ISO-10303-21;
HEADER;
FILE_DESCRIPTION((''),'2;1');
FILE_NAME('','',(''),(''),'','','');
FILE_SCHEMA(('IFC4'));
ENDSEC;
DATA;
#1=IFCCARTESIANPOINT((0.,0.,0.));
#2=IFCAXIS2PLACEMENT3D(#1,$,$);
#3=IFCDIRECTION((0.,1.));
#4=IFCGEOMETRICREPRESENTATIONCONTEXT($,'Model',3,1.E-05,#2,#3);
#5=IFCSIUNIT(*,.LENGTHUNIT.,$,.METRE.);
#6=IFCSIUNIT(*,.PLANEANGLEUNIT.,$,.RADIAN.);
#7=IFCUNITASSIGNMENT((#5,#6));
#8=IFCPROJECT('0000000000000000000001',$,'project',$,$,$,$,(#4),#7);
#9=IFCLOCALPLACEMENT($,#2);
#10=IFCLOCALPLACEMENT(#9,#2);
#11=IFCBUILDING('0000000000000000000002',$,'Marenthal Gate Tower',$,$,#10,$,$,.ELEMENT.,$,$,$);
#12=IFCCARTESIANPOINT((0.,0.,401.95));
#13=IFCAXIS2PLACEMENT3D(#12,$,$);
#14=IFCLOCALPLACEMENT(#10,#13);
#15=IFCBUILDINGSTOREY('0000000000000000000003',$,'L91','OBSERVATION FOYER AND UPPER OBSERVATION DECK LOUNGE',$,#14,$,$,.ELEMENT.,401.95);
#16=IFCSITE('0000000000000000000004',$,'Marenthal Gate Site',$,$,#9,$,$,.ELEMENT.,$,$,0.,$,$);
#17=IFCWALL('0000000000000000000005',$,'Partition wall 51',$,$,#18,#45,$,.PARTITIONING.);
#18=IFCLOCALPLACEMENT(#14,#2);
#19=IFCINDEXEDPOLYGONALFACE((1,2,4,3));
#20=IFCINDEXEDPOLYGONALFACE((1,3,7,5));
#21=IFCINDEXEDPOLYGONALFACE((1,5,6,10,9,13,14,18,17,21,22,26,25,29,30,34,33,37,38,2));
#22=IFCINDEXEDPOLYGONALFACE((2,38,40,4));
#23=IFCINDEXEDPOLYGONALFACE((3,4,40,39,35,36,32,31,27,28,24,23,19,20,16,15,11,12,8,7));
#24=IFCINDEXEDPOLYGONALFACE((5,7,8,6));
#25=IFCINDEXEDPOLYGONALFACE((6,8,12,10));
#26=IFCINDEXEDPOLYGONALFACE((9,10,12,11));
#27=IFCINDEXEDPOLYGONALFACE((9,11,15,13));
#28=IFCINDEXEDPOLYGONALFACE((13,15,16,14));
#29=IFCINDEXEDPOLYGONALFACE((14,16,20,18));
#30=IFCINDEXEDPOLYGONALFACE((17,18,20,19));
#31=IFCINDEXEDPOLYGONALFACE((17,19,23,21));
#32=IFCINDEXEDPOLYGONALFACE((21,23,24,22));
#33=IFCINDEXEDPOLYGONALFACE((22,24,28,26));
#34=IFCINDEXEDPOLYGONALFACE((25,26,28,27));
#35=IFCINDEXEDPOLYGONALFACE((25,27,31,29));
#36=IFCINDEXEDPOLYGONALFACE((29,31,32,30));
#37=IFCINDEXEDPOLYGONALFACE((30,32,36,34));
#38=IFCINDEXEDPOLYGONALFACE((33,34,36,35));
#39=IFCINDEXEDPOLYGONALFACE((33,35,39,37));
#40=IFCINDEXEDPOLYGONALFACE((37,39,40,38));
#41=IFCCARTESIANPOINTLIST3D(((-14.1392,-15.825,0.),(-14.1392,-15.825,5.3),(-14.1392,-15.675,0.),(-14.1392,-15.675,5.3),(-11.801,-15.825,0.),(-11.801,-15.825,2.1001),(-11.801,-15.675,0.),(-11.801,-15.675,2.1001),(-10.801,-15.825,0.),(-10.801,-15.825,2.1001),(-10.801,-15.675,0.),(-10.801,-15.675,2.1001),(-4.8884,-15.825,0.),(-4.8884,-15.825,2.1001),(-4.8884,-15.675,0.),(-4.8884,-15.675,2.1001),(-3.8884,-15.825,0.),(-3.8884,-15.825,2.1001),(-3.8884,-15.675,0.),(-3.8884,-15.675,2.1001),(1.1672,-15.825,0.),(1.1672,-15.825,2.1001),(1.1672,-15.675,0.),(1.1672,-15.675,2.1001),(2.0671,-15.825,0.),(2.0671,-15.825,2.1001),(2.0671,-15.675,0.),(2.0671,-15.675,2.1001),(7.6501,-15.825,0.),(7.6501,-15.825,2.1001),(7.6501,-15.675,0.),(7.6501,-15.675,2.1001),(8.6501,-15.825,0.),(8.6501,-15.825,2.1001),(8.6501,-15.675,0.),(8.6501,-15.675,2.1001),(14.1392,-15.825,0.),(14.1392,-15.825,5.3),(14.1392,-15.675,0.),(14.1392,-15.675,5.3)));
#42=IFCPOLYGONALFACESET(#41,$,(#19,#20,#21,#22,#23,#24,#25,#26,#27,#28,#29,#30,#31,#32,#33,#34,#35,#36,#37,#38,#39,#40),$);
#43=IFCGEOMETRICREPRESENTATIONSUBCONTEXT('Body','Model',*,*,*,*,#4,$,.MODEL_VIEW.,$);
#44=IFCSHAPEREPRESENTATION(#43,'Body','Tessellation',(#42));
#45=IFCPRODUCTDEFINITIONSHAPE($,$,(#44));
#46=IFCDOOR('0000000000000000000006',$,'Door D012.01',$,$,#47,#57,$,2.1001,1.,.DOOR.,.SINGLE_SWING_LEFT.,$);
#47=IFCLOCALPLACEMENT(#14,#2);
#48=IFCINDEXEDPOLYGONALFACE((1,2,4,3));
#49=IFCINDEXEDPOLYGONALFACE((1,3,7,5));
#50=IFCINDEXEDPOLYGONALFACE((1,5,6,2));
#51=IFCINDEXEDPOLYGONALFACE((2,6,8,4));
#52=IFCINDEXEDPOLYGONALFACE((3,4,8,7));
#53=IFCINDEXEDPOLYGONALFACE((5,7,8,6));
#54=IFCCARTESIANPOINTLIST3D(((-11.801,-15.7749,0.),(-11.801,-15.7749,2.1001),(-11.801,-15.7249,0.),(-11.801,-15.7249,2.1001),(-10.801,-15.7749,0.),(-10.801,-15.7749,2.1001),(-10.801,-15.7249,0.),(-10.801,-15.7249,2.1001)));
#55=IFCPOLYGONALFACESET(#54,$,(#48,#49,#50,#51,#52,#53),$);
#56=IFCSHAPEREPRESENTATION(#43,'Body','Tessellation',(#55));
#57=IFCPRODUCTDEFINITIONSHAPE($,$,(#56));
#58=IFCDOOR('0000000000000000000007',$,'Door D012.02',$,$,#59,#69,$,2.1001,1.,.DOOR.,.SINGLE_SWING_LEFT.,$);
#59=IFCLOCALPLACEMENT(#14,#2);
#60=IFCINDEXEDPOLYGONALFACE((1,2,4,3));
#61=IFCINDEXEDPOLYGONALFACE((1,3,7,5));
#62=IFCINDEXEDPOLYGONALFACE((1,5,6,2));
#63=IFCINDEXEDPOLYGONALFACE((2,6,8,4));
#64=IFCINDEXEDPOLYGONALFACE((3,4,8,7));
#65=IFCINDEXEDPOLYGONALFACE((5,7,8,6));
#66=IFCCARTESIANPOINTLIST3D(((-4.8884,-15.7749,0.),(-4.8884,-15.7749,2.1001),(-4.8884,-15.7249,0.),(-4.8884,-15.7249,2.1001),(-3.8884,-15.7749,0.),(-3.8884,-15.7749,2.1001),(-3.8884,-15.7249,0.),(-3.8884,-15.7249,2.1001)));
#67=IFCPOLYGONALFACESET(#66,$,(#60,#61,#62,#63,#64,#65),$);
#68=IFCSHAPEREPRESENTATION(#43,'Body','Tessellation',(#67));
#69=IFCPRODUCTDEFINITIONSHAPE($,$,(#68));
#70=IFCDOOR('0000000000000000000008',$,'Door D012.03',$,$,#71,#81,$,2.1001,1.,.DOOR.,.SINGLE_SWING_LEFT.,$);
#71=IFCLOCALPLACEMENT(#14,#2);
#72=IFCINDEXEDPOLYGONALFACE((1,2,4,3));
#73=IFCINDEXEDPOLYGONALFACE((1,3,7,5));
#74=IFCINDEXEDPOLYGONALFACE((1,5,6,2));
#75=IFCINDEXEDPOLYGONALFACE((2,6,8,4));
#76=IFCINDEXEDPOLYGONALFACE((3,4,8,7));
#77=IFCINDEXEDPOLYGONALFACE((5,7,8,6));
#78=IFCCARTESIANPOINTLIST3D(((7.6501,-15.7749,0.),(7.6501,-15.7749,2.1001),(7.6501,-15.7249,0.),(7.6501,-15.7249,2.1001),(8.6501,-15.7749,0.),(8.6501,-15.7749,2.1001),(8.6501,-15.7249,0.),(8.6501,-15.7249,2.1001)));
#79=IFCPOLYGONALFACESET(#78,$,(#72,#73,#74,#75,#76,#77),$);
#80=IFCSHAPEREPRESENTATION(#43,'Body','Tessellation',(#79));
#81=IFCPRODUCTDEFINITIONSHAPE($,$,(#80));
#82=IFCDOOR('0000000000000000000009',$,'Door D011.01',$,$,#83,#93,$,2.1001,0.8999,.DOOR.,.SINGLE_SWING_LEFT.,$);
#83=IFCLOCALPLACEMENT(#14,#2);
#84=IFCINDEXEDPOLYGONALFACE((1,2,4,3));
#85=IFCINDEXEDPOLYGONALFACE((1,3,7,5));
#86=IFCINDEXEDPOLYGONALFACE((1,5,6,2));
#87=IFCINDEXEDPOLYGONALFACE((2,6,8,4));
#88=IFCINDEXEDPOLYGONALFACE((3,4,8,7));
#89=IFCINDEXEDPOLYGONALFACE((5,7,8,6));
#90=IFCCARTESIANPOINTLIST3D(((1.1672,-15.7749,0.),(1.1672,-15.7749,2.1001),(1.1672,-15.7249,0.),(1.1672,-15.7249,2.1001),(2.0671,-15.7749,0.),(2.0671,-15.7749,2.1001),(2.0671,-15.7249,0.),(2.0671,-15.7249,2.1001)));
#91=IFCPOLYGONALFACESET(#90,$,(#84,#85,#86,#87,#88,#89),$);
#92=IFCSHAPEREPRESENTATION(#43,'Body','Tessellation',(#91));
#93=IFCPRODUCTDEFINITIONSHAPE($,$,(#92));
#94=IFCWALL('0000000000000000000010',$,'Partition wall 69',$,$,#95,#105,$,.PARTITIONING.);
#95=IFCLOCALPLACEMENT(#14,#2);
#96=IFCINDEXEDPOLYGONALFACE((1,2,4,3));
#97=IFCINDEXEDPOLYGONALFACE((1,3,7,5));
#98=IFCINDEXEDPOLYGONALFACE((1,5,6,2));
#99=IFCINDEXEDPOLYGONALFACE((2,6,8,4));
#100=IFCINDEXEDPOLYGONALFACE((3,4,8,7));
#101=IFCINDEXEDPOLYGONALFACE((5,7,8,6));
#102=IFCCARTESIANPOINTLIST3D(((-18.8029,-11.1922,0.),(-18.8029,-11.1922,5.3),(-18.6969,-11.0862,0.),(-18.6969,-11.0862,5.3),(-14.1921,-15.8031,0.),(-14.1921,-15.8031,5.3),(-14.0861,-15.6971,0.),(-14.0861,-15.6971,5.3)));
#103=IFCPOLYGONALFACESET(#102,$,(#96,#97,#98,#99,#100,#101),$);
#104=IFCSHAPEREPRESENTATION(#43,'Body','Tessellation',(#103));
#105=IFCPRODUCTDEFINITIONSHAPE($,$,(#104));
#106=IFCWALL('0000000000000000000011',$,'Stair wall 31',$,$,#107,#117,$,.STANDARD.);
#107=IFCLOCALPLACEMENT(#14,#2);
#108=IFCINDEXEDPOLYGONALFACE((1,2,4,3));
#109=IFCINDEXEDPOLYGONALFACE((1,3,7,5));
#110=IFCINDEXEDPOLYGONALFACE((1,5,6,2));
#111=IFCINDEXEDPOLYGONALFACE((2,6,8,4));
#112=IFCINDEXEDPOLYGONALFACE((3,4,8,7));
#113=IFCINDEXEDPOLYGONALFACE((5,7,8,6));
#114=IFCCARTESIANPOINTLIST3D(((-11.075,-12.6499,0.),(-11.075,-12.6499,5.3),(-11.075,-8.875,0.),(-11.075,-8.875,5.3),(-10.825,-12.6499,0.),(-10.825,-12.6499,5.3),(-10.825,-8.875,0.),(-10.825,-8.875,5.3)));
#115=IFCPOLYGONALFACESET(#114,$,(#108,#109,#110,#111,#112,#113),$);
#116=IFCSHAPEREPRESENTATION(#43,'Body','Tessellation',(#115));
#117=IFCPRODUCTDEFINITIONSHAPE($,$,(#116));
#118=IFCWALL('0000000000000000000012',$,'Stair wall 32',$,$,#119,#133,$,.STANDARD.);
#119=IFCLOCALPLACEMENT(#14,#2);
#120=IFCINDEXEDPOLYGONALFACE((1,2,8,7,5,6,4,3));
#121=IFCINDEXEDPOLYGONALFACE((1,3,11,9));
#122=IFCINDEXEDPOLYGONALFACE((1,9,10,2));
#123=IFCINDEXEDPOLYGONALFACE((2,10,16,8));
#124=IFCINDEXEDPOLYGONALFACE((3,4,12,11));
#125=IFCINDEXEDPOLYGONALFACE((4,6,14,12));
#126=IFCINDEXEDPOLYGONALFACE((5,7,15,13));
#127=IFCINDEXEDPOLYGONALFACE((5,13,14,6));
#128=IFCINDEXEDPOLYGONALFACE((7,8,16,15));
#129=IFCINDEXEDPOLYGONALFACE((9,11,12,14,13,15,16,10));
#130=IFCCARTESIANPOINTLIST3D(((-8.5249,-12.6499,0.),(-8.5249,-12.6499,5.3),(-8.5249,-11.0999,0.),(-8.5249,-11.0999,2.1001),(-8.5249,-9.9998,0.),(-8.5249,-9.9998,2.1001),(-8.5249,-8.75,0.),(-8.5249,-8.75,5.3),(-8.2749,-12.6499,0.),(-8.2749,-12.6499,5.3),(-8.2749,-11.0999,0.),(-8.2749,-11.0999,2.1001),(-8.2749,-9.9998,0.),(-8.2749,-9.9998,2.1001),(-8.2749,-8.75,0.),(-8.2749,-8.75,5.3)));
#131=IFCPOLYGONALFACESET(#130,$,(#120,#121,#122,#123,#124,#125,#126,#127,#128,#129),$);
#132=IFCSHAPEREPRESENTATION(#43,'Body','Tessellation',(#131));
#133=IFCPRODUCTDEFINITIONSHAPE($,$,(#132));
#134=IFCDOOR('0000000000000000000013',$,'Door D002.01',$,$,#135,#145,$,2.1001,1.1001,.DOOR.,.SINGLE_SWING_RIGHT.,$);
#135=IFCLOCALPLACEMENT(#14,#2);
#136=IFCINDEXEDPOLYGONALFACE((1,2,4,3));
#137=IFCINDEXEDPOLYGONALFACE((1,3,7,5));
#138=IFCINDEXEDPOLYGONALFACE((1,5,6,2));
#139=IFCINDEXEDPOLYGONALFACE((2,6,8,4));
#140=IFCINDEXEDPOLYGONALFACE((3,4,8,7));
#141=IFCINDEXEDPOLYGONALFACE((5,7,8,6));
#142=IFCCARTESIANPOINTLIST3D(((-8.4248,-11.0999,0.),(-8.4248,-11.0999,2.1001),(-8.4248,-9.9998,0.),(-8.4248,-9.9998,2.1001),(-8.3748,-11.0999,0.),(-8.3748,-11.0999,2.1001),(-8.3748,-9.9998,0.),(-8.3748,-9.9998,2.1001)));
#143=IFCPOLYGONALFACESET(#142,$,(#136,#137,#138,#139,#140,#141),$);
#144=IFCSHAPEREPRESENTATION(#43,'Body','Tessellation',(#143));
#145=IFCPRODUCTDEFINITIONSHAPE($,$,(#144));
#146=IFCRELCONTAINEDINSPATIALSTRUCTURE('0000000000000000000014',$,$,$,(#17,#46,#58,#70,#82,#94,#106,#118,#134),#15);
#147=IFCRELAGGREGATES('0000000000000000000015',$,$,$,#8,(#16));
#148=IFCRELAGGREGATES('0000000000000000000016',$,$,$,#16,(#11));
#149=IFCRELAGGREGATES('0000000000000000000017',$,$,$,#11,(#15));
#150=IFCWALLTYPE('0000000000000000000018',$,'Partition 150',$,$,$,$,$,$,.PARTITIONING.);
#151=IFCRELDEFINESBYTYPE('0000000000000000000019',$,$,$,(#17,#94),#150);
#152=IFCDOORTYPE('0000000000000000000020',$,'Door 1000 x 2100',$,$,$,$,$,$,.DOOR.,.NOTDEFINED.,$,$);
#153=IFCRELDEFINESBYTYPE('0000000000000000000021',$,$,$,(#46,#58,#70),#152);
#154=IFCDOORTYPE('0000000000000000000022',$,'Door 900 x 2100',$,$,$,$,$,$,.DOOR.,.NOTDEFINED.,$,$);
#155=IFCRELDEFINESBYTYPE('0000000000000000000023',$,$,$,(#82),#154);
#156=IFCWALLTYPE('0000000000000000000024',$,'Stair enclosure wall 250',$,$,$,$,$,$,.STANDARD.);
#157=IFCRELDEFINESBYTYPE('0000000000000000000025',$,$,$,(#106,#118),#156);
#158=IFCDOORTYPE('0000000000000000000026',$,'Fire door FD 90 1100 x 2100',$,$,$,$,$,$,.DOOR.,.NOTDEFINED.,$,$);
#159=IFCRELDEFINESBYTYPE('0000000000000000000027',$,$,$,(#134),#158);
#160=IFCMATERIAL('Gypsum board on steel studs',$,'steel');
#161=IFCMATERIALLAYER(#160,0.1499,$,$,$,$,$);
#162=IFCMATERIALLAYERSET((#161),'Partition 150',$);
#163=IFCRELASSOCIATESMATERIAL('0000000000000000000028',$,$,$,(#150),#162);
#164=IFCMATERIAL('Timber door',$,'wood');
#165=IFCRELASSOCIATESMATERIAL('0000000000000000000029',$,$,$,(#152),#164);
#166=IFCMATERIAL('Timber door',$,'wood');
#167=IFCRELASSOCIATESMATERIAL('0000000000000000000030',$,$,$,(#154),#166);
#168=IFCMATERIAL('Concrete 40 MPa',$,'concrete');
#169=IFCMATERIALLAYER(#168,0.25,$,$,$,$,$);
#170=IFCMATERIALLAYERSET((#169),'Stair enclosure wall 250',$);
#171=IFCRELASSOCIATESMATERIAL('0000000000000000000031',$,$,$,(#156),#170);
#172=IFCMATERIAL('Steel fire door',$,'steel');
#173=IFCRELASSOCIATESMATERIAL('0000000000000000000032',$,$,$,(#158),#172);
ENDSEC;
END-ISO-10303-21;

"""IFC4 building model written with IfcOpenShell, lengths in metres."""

from ifc_helpers import new_model, si_unit, direction, frame, frame_2d, origin, place, context, subcontext, project, spatial, rectangle, extrude, material, layer, layer_set, type_object, element, fill, save


model = new_model("IFC4")

# Units and contexts
model_context = context("Model", 3, precision=1e-05, world=origin(), true_north=direction((0.0, 1.0)))
body_context = subcontext(model_context, "Body", "Model", "MODEL_VIEW")
ifc_project = project(units=[si_unit("LENGTHUNIT", "METRE"), si_unit("PLANEANGLEUNIT", "RADIAN")], contexts=[model_context])

# Site, building, storey
site_placement = place(None, origin())
site = spatial("IfcSite", under=ifc_project, at=site_placement, Name="Marenthal Gate Site", CompositionType="ELEMENT", RefElevation=0.0)
building_placement = place(site_placement, origin())
building = spatial("IfcBuilding", under=site, at=building_placement, Name="Marenthal Gate Tower", CompositionType="ELEMENT")
storey_placement = place(building_placement, frame((0.0, 0.0, 401.95)))
storey = spatial("IfcBuildingStorey", under=building, at=storey_placement, Name="L91", Description="OBSERVATION FOYER AND UPPER OBSERVATION DECK LOUNGE", CompositionType="ELEMENT", Elevation=401.95)

# Wall, openings, doors
ifc_material_1 = material(Name="Gypsum board on steel studs", Category="steel")
ifc_layer_1 = layer(ifc_material_1, 0.1499)
ifc_layer_set_1 = layer_set([ifc_layer_1], Name="Partition 150")
wall_type_1 = type_object("IfcWallType", Name="Partition 150", PredefinedType="PARTITIONING", material=ifc_layer_set_1)
wall_1_placement = place(storey_placement, frame((-14.1392, -15.75, 0.0), z_axis=(0.0, 0.0, 1.0), x_axis=(1.0, 0.0, 0.0)))
wall_1 = element("IfcWall", 1, at=wall_1_placement, inside=storey, type_object=wall_type_1, Name="Partition wall 51", PredefinedType="PARTITIONING", context=body_context, shape_type="SweptSolid", body=[
    extrude(rectangle(XDim=28.2783, YDim=0.1499, at=frame_2d((14.1392, 0.0))), origin(), (0.0, 0.0, 1.0), 5.3),
])
opening_1_placement = place(wall_1_placement, frame((2.3381, 0.0, 0.0)))
opening_1 = element("IfcOpeningElement", 2, at=opening_1_placement, cuts=wall_1, PredefinedType="OPENING", context=body_context, shape_type="SweptSolid", body=[
    extrude(rectangle(XDim=1.0, YDim=2.1001, at=frame_2d((0.5, 1.05))), frame((0.0, 0.085, 0.0), z_axis=(0.0, -1.0, 0.0), x_axis=(1.0, 0.0, 0.0)), (0.0, 0.0, 1.0), 0.1699),
])
opening_2_placement = place(wall_1_placement, frame((9.2507, 0.0, 0.0)))
opening_2 = element("IfcOpeningElement", 3, at=opening_2_placement, cuts=wall_1, PredefinedType="OPENING", context=body_context, shape_type="SweptSolid", body=[
    extrude(rectangle(XDim=1.0, YDim=2.1001, at=frame_2d((0.5, 1.05))), frame((0.0, 0.085, 0.0), z_axis=(0.0, -1.0, 0.0), x_axis=(1.0, 0.0, 0.0)), (0.0, 0.0, 1.0), 0.1699),
])
opening_3_placement = place(wall_1_placement, frame((15.3064, 0.0, 0.0)))
opening_3 = element("IfcOpeningElement", 4, at=opening_3_placement, cuts=wall_1, PredefinedType="OPENING", context=body_context, shape_type="SweptSolid", body=[
    extrude(rectangle(XDim=0.8999, YDim=2.1001, at=frame_2d((0.45, 1.05))), frame((0.0, 0.085, 0.0), z_axis=(0.0, -1.0, 0.0), x_axis=(1.0, 0.0, 0.0)), (0.0, 0.0, 1.0), 0.1699),
])
opening_4_placement = place(wall_1_placement, frame((21.7893, 0.0, 0.0)))
opening_4 = element("IfcOpeningElement", 5, at=opening_4_placement, cuts=wall_1, PredefinedType="OPENING", context=body_context, shape_type="SweptSolid", body=[
    extrude(rectangle(XDim=1.0, YDim=2.1001, at=frame_2d((0.5, 1.05))), frame((0.0, 0.085, 0.0), z_axis=(0.0, -1.0, 0.0), x_axis=(1.0, 0.0, 0.0)), (0.0, 0.0, 1.0), 0.1699),
])
ifc_material_2 = material(Name="Timber door", Category="wood")
door_type_1 = type_object("IfcDoorType", Name="Door 1000 x 2100", OperationType="NOTDEFINED", PredefinedType="DOOR", material=ifc_material_2)
door_1_placement = place(opening_1_placement, frame((1.0, 0.0, 0.0), z_axis=(0.0, 0.0, 1.0), x_axis=(-1.0, 0.0, 0.0)))
door_1 = element("IfcDoor", 6, at=door_1_placement, inside=storey, type_object=door_type_1, Name="Door D012.01", OperationType="SINGLE_SWING_LEFT", OverallHeight=2.1001, OverallWidth=1.0, PredefinedType="DOOR", context=body_context, shape_type="SweptSolid", body=[
    extrude(rectangle(XDim=1.0, YDim=2.1001, at=frame_2d((0.5, 1.05))), frame((0.0, 0.0249, 0.0), z_axis=(0.0, -1.0, 0.0), x_axis=(1.0, 0.0, 0.0)), (0.0, 0.0, 1.0), 0.05),
])
fill(opening_1, door_1)
door_2_placement = place(opening_2_placement, frame((1.0, 0.0, 0.0), z_axis=(0.0, 0.0, 1.0), x_axis=(-1.0, 0.0, 0.0)))
door_2 = element("IfcDoor", 7, at=door_2_placement, inside=storey, type_object=door_type_1, Name="Door D012.02", OperationType="SINGLE_SWING_LEFT", OverallHeight=2.1001, OverallWidth=1.0, PredefinedType="DOOR", context=body_context, shape_type="SweptSolid", body=[
    extrude(rectangle(XDim=1.0, YDim=2.1001, at=frame_2d((0.5, 1.05))), frame((0.0, 0.0249, 0.0), z_axis=(0.0, -1.0, 0.0), x_axis=(1.0, 0.0, 0.0)), (0.0, 0.0, 1.0), 0.05),
])
fill(opening_2, door_2)
door_3_placement = place(opening_4_placement, frame((1.0, 0.0, 0.0), z_axis=(0.0, 0.0, 1.0), x_axis=(-1.0, 0.0, 0.0)))
door_3 = element("IfcDoor", 8, at=door_3_placement, inside=storey, type_object=door_type_1, Name="Door D012.03", OperationType="SINGLE_SWING_LEFT", OverallHeight=2.1001, OverallWidth=1.0, PredefinedType="DOOR", context=body_context, shape_type="SweptSolid", body=[
    extrude(rectangle(XDim=1.0, YDim=2.1001, at=frame_2d((0.5, 1.05))), frame((0.0, 0.0249, 0.0), z_axis=(0.0, -1.0, 0.0), x_axis=(1.0, 0.0, 0.0)), (0.0, 0.0, 1.0), 0.05),
])
fill(opening_4, door_3)
ifc_material_3 = material(Name="Timber door", Category="wood")
door_type_2 = type_object("IfcDoorType", Name="Door 900 x 2100", OperationType="NOTDEFINED", PredefinedType="DOOR", material=ifc_material_3)
door_4_placement = place(opening_3_placement, frame((0.8999, 0.0, 0.0), z_axis=(0.0, 0.0, 1.0), x_axis=(-1.0, 0.0, 0.0)))
door_4 = element("IfcDoor", 9, at=door_4_placement, inside=storey, type_object=door_type_2, Name="Door D011.01", OperationType="SINGLE_SWING_LEFT", OverallHeight=2.1001, OverallWidth=0.8999, PredefinedType="DOOR", context=body_context, shape_type="SweptSolid", body=[
    extrude(rectangle(XDim=0.8999, YDim=2.1001, at=frame_2d((0.45, 1.05))), frame((0.0, 0.0249, 0.0), z_axis=(0.0, -1.0, 0.0), x_axis=(1.0, 0.0, 0.0)), (0.0, 0.0, 1.0), 0.05),
])
fill(opening_3, door_4)

# Walls
wall_2_placement = place(storey_placement, frame((-14.1392, -15.75, 0.0), z_axis=(0.0, 0.0, 1.0), x_axis=(-0.707107, 0.707107, 0.0)))
element("IfcWall", 10, at=wall_2_placement, inside=storey, type_object=wall_type_1, Name="Partition wall 69", PredefinedType="PARTITIONING", context=body_context, shape_type="SweptSolid", body=[
    extrude(rectangle(XDim=6.5208, YDim=0.1499, at=frame_2d((3.2603, 0.0))), origin(), (0.0, 0.0, 1.0), 5.3),
])
ifc_material_4 = material(Name="Concrete 40 MPa", Category="concrete")
ifc_layer_2 = layer(ifc_material_4, 0.25)
ifc_layer_set_2 = layer_set([ifc_layer_2], Name="Stair enclosure wall 250")
wall_type_2 = type_object("IfcWallType", Name="Stair enclosure wall 250", PredefinedType="STANDARD", material=ifc_layer_set_2)
wall_3_placement = place(storey_placement, frame((-10.95, -12.6499, 0.0), z_axis=(0.0, 0.0, 1.0), x_axis=(0.0, 1.0, 0.0)))
element("IfcWall", 11, at=wall_3_placement, inside=storey, type_object=wall_type_2, Name="Stair wall 31", PredefinedType="STANDARD", context=body_context, shape_type="SweptSolid", body=[
    extrude(rectangle(XDim=3.7749, YDim=0.25, at=frame_2d((1.8875, 0.0))), origin(), (0.0, 0.0, 1.0), 5.3),
])

# Wall, opening, door
wall_4_placement = place(storey_placement, frame((-8.3999, -12.6499, 0.0), z_axis=(0.0, 0.0, 1.0), x_axis=(0.0, 1.0, 0.0)))
wall_4 = element("IfcWall", 12, at=wall_4_placement, inside=storey, type_object=wall_type_2, Name="Stair wall 32", PredefinedType="STANDARD", context=body_context, shape_type="SweptSolid", body=[
    extrude(rectangle(XDim=3.8999, YDim=0.25, at=frame_2d((1.95, 0.0))), origin(), (0.0, 0.0, 1.0), 5.3),
])
opening_5_placement = place(wall_4_placement, frame((1.55, 0.0, 0.0)))
opening_5 = element("IfcOpeningElement", 13, at=opening_5_placement, cuts=wall_4, PredefinedType="OPENING", context=body_context, shape_type="SweptSolid", body=[
    extrude(rectangle(XDim=1.1001, YDim=2.1001, at=frame_2d((0.55, 1.05))), frame((0.0, 0.135, 0.0), z_axis=(0.0, -1.0, 0.0), x_axis=(1.0, 0.0, 0.0)), (0.0, 0.0, 1.0), 0.27),
])
ifc_material_5 = material(Name="Steel fire door", Category="steel")
door_type_3 = type_object("IfcDoorType", Name="Fire door FD 90 1100 x 2100", OperationType="NOTDEFINED", PredefinedType="DOOR", material=ifc_material_5)
door_5_placement = place(opening_5_placement, origin())
door_5 = element("IfcDoor", 14, at=door_5_placement, inside=storey, type_object=door_type_3, Name="Door D002.01", OperationType="SINGLE_SWING_RIGHT", OverallHeight=2.1001, OverallWidth=1.1001, PredefinedType="DOOR", context=body_context, shape_type="SweptSolid", body=[
    extrude(rectangle(XDim=1.1001, YDim=2.1001, at=frame_2d((0.55, 1.05))), frame((0.0, 0.0249, 0.0), z_axis=(0.0, -1.0, 0.0), x_axis=(1.0, 0.0, 0.0)), (0.0, 0.0, 1.0), 0.05),
])
fill(opening_5, door_5)

save(model, "model.ifc")
